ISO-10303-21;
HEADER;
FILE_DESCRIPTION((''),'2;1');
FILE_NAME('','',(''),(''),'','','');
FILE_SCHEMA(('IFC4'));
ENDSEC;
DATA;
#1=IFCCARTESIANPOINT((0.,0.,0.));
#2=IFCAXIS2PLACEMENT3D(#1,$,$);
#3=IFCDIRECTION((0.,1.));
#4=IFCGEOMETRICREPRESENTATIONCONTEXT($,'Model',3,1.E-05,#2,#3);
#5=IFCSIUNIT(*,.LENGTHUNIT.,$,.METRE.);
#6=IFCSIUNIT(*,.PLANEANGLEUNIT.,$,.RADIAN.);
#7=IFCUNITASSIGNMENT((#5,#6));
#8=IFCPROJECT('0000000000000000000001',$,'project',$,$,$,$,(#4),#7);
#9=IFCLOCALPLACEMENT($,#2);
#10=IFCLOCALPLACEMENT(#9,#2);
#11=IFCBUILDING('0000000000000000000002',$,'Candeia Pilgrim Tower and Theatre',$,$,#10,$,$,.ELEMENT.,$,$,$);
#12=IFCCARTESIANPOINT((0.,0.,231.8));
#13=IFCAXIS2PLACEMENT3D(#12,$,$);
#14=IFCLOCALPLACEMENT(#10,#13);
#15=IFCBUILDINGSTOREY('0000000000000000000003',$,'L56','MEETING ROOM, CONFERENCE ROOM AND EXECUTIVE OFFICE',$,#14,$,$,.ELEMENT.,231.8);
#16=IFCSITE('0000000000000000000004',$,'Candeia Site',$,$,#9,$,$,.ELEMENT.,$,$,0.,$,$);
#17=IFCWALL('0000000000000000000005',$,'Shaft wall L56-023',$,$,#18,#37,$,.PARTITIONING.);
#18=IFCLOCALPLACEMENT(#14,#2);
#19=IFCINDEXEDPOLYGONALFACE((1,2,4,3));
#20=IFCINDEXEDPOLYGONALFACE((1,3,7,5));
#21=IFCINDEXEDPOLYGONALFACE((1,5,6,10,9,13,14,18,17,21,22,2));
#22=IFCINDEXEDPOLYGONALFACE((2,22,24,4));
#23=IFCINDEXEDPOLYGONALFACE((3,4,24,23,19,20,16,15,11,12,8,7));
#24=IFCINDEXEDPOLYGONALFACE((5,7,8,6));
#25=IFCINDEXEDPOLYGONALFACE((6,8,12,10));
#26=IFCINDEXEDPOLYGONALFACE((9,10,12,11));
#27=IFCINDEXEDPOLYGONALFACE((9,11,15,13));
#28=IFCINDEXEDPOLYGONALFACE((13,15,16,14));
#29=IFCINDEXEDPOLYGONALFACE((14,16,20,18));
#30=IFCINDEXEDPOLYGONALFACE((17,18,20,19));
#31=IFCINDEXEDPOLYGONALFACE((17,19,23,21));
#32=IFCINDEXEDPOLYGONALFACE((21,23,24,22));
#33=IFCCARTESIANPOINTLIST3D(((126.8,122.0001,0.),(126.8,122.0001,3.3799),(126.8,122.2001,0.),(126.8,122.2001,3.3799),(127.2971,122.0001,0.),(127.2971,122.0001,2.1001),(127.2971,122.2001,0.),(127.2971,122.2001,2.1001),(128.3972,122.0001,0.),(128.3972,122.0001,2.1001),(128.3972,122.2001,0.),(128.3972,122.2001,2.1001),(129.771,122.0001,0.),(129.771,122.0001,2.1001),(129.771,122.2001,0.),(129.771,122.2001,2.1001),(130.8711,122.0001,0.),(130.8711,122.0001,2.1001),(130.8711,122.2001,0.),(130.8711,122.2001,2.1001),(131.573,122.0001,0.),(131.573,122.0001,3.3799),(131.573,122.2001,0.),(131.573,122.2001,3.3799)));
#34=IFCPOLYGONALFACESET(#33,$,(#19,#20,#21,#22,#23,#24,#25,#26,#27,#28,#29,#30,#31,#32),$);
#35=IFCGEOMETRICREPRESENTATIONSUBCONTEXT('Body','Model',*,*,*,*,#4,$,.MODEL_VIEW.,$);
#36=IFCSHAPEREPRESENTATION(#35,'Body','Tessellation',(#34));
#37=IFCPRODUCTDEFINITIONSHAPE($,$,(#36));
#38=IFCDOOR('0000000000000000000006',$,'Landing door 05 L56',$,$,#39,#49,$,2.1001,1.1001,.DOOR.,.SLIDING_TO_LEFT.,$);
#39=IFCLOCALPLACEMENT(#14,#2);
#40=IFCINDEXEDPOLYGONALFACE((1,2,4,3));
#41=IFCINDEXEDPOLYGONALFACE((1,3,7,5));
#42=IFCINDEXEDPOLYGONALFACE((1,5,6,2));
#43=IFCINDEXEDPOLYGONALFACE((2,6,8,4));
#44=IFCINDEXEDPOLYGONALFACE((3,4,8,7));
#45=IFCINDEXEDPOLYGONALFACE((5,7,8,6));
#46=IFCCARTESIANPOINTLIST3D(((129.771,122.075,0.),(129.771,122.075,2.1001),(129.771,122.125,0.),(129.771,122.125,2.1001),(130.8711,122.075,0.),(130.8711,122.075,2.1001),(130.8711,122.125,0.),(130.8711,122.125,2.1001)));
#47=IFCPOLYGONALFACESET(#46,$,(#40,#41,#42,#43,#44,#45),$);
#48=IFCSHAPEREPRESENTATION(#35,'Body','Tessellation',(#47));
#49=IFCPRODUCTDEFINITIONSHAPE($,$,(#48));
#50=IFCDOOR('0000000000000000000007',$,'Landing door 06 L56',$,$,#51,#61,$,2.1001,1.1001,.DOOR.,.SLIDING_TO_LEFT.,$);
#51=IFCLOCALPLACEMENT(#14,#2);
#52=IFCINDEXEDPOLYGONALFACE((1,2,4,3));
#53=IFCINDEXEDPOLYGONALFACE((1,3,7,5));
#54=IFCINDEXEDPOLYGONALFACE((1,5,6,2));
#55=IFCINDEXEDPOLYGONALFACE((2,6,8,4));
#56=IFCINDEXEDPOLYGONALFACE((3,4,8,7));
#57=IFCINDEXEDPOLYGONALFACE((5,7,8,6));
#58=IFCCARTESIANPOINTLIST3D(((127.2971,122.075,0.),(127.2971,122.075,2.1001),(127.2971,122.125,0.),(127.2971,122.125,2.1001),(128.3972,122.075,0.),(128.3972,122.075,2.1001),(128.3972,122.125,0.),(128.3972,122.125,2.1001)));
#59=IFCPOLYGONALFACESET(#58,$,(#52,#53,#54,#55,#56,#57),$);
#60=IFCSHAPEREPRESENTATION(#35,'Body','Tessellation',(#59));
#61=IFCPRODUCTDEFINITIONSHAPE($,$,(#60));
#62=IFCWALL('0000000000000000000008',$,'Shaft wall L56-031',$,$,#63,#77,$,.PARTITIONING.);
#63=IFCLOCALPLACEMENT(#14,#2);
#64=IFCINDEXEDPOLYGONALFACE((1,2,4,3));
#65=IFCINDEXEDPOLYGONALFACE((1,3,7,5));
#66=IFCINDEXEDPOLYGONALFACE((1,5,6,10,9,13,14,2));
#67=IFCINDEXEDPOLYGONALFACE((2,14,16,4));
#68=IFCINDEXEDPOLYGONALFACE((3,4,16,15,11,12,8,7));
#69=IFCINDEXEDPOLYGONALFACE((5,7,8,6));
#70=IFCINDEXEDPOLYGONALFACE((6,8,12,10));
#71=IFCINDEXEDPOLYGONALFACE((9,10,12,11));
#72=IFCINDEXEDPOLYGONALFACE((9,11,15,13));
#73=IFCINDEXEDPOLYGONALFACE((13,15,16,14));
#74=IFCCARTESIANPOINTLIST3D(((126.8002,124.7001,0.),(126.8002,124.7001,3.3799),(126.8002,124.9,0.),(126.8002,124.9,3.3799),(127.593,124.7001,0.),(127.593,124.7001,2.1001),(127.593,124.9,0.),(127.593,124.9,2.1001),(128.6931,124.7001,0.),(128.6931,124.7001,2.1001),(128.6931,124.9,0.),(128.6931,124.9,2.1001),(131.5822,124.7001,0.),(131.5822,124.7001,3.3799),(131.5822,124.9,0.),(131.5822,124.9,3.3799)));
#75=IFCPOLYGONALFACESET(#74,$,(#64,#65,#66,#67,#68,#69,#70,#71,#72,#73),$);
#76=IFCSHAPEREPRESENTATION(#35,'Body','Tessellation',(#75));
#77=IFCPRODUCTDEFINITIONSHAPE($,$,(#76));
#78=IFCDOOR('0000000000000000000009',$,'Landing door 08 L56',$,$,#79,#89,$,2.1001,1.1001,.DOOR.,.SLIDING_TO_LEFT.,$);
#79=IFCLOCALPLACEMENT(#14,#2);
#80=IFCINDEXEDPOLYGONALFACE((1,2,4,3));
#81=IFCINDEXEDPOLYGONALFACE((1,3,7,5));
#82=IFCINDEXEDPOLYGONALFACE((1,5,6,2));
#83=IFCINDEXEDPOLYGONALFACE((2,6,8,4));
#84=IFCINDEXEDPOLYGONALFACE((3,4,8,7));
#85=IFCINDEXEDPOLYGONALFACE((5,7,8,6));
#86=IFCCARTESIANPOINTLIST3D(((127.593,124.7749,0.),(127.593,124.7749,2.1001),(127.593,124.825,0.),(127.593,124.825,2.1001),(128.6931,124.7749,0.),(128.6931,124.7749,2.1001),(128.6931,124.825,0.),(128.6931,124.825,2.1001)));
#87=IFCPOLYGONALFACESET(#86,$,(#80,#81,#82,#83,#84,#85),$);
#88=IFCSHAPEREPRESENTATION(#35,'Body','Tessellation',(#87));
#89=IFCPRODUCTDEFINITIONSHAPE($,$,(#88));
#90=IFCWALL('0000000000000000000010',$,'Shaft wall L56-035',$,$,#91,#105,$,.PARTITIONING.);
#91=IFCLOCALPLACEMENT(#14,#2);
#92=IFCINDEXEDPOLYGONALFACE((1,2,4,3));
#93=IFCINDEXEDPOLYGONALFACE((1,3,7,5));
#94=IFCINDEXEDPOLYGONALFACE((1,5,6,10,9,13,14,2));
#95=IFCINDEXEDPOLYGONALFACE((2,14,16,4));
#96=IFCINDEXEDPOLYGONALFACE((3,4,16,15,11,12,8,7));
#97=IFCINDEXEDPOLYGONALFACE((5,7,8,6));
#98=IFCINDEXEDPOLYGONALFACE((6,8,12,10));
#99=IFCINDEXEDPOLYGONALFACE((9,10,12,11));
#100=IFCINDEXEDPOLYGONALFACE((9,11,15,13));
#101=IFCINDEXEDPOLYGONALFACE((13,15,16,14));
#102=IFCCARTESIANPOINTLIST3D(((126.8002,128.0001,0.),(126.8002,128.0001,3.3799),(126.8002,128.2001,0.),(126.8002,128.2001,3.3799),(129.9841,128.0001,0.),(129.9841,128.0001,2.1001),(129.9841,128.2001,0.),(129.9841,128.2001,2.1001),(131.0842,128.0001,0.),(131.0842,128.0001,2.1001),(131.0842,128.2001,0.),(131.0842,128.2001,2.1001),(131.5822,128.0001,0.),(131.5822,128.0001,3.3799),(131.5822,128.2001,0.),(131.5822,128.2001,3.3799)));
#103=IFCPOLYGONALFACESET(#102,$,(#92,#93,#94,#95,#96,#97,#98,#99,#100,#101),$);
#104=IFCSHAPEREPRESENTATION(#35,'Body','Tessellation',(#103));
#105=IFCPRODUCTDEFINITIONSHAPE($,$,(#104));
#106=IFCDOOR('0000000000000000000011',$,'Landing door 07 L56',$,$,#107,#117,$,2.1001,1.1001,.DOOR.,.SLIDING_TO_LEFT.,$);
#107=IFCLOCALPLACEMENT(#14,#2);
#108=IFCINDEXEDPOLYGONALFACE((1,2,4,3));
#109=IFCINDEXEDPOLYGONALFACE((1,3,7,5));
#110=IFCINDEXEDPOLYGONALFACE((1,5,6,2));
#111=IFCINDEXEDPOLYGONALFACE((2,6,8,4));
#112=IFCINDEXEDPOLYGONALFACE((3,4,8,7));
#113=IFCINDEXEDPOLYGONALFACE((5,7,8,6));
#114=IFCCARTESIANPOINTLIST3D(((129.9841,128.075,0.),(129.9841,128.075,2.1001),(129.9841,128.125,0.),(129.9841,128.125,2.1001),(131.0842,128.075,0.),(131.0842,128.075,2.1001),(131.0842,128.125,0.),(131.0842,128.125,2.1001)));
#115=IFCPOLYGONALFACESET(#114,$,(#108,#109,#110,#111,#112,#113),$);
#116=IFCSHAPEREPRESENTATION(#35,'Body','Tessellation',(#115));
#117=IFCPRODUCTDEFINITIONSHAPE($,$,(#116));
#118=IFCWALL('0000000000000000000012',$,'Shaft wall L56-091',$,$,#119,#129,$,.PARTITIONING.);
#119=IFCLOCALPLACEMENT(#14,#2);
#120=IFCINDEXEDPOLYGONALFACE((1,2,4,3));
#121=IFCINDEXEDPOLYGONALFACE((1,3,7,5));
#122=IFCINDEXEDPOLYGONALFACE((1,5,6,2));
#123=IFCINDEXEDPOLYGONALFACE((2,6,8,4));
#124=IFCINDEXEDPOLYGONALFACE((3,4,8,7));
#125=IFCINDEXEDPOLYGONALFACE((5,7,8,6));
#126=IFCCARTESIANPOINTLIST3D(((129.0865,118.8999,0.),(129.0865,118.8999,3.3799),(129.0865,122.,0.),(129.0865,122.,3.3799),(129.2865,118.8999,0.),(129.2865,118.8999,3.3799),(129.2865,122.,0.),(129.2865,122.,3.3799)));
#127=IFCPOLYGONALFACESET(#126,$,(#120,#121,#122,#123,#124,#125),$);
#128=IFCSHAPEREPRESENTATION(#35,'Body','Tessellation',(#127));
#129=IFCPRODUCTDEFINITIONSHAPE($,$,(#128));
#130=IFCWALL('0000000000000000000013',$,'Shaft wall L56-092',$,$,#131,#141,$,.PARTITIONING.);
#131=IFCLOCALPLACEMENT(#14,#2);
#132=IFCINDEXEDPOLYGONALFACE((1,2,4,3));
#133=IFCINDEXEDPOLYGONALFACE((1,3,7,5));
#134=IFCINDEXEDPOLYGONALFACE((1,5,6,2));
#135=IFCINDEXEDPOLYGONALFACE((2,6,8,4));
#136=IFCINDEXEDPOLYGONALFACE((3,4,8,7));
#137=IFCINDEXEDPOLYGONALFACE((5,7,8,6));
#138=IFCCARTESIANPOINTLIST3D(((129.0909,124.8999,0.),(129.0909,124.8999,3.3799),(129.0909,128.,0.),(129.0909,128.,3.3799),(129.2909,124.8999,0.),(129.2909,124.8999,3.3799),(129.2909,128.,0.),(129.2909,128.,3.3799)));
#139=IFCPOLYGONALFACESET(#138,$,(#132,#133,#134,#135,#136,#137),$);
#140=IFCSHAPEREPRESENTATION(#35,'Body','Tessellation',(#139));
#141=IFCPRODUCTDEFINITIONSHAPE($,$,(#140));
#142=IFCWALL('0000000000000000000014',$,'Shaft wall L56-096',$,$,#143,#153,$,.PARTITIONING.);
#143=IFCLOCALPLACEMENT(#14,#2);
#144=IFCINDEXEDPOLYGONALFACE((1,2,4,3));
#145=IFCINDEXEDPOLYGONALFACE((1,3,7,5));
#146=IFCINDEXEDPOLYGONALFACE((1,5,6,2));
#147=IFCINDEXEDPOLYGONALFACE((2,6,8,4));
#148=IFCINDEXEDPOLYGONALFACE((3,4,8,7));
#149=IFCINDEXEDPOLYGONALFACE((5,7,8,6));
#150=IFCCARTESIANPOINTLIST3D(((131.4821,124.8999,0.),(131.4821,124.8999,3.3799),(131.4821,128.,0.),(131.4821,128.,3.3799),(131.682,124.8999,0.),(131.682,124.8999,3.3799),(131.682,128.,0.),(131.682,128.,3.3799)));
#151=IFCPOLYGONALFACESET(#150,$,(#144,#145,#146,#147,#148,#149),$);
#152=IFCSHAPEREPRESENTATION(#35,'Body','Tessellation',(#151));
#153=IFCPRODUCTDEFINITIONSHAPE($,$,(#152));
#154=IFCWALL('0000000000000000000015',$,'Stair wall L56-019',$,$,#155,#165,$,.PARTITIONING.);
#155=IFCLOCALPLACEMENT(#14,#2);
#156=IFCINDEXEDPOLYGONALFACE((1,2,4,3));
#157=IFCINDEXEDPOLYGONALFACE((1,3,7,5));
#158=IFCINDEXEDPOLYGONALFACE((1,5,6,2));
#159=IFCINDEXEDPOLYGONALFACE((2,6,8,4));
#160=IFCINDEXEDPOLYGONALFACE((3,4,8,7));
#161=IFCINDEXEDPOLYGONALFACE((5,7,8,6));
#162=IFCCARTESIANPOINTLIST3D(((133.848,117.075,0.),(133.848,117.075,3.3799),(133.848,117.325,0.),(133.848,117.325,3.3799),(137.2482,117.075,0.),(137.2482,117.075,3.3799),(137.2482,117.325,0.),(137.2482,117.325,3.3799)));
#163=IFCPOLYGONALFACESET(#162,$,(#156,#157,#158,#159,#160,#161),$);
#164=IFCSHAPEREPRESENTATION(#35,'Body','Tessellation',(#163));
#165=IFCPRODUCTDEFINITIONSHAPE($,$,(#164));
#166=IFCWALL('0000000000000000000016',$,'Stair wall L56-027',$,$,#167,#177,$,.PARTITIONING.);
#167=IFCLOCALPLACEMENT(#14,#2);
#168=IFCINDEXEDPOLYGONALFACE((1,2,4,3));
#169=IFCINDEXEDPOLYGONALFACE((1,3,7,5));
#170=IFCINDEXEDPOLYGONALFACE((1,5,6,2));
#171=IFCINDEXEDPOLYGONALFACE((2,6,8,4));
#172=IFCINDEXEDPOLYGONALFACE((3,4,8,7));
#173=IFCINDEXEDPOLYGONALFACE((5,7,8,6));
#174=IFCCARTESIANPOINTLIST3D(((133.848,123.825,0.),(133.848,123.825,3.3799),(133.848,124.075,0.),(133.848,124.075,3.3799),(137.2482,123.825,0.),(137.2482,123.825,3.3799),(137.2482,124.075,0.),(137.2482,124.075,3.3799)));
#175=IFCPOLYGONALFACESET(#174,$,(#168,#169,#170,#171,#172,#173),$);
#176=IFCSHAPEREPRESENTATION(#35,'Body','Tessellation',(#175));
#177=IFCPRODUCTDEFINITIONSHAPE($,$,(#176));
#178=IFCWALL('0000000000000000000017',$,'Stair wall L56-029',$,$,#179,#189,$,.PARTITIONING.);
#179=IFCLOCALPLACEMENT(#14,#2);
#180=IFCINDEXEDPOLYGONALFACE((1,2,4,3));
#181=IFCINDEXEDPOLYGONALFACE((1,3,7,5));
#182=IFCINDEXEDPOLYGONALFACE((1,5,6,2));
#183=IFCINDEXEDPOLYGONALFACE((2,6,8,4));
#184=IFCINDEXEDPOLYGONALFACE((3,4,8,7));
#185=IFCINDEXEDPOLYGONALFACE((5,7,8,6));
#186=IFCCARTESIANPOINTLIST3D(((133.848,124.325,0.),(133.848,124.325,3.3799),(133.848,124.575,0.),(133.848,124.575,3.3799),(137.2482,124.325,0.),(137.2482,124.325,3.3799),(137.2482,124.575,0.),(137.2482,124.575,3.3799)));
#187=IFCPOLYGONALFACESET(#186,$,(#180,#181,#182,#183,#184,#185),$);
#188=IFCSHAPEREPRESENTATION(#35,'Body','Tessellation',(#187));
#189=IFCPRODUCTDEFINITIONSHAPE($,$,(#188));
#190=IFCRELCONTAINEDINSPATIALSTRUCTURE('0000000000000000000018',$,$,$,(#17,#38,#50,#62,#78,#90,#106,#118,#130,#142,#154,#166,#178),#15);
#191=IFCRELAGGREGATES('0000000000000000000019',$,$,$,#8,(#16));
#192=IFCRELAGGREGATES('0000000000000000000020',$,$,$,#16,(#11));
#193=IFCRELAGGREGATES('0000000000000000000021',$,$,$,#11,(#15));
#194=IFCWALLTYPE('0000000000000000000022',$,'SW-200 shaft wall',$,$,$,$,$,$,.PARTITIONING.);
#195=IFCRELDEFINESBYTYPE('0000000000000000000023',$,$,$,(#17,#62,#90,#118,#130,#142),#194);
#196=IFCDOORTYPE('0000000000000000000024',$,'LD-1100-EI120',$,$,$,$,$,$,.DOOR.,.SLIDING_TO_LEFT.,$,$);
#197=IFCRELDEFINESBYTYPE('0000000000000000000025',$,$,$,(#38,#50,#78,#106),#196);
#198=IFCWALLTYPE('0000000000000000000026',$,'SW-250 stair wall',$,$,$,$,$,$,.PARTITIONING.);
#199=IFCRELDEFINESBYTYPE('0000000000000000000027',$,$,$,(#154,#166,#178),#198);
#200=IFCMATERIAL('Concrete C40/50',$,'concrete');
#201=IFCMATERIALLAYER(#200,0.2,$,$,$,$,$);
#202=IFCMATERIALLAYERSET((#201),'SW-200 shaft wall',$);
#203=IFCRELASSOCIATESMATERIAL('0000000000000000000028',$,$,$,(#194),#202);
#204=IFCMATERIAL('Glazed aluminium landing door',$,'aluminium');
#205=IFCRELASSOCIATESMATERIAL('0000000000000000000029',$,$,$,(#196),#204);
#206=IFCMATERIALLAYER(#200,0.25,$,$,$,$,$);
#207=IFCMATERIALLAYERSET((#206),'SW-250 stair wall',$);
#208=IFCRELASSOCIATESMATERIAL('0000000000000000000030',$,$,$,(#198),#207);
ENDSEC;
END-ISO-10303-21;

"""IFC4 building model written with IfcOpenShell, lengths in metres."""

from ifc_helpers import new_model, si_unit, direction, frame, frame_2d, origin, place, context, subcontext, project, spatial, rectangle, extrude, material, layer, layer_set, type_object, element, fill, save


model = new_model("IFC4")

# Units and contexts
model_context = context("Model", 3, precision=1e-05, world=origin(), true_north=direction((0.0, 1.0)))
body_context = subcontext(model_context, "Body", "Model", "MODEL_VIEW")
ifc_project = project(units=[si_unit("LENGTHUNIT", "METRE"), si_unit("PLANEANGLEUNIT", "RADIAN")], contexts=[model_context])

# Site, building, storey
site_placement = place(None, origin())
site = spatial("IfcSite", under=ifc_project, at=site_placement, Name="Candeia Site", CompositionType="ELEMENT", RefElevation=0.0)
building_placement = place(site_placement, origin())
building = spatial("IfcBuilding", under=site, at=building_placement, Name="Candeia Pilgrim Tower and Theatre", CompositionType="ELEMENT")
storey_placement = place(building_placement, frame((0.0, 0.0, 231.8)))
storey = spatial("IfcBuildingStorey", under=building, at=storey_placement, Name="L56", Description="MEETING ROOM, CONFERENCE ROOM AND EXECUTIVE OFFICE", CompositionType="ELEMENT", Elevation=231.8)

# Shared definitions
ifc_material_1 = material(Name="Concrete C40/50", Category="concrete")
ifc_layer_1 = layer(ifc_material_1, 0.2)
ifc_layer_set_1 = layer_set([ifc_layer_1], Name="SW-200 shaft wall")
wall_type_1 = type_object("IfcWallType", Name="SW-200 shaft wall", PredefinedType="PARTITIONING", material=ifc_layer_set_1)

# Wall, openings, doors
wall_1_placement = place(storey_placement, frame((126.8, 122.1001, 0.0), z_axis=(0.0, 0.0, 1.0), x_axis=(1.0, 0.0, 0.0)))
wall_1 = element("IfcWall", 1, at=wall_1_placement, inside=storey, type_object=wall_type_1, Name="Shaft wall L56-023", PredefinedType="PARTITIONING", context=body_context, shape_type="SweptSolid", body=[
    extrude(rectangle(XDim=4.7729, YDim=0.2, at=frame_2d((2.3865, 0.0))), origin(), (0.0, 0.0, 1.0), 3.3799),
])
opening_1_placement = place(wall_1_placement, frame((2.9709, 0.0, 0.0)))
opening_1 = element("IfcOpeningElement", 2, at=opening_1_placement, cuts=wall_1, PredefinedType="OPENING", context=body_context, shape_type="SweptSolid", body=[
    extrude(rectangle(XDim=1.1001, YDim=2.1001, at=frame_2d((0.55, 1.05))), frame((0.0, 0.1099, 0.0), z_axis=(0.0, -1.0, 0.0), x_axis=(1.0, 0.0, 0.0)), (0.0, 0.0, 1.0), 0.22),
])
opening_2_placement = place(wall_1_placement, frame((0.4971, 0.0, 0.0)))
opening_2 = element("IfcOpeningElement", 3, at=opening_2_placement, cuts=wall_1, PredefinedType="OPENING", context=body_context, shape_type="SweptSolid", body=[
    extrude(rectangle(XDim=1.1001, YDim=2.1001, at=frame_2d((0.55, 1.05))), frame((0.0, 0.1099, 0.0), z_axis=(0.0, -1.0, 0.0), x_axis=(1.0, 0.0, 0.0)), (0.0, 0.0, 1.0), 0.22),
])
ifc_material_2 = material(Name="Glazed aluminium landing door", Category="aluminium")
door_type_1 = type_object("IfcDoorType", Name="LD-1100-EI120", OperationType="SLIDING_TO_LEFT", PredefinedType="DOOR", material=ifc_material_2)
door_1_placement = place(opening_1_placement, origin())
door_1 = element("IfcDoor", 4, at=door_1_placement, inside=storey, type_object=door_type_1, Name="Landing door 05 L56", OperationType="SLIDING_TO_LEFT", OverallHeight=2.1001, OverallWidth=1.1001, PredefinedType="DOOR", context=body_context, shape_type="SweptSolid", body=[
    extrude(rectangle(XDim=1.1001, YDim=2.1001, at=frame_2d((0.55, 1.05))), frame((0.0, 0.0249, 0.0), z_axis=(0.0, -1.0, 0.0), x_axis=(1.0, 0.0, 0.0)), (0.0, 0.0, 1.0), 0.05),
])
fill(opening_1, door_1)
door_2_placement = place(opening_2_placement, origin())
door_2 = element("IfcDoor", 5, at=door_2_placement, inside=storey, type_object=door_type_1, Name="Landing door 06 L56", OperationType="SLIDING_TO_LEFT", OverallHeight=2.1001, OverallWidth=1.1001, PredefinedType="DOOR", context=body_context, shape_type="SweptSolid", body=[
    extrude(rectangle(XDim=1.1001, YDim=2.1001, at=frame_2d((0.55, 1.05))), frame((0.0, 0.0249, 0.0), z_axis=(0.0, -1.0, 0.0), x_axis=(1.0, 0.0, 0.0)), (0.0, 0.0, 1.0), 0.05),
])
fill(opening_2, door_2)

# Walls, openings, doors
wall_2_placement = place(storey_placement, frame((126.8, 124.8, 0.0), z_axis=(0.0, 0.0, 1.0), x_axis=(1.0, 0.0, 0.0)))
wall_2 = element("IfcWall", 6, at=wall_2_placement, inside=storey, type_object=wall_type_1, Name="Shaft wall L56-031", PredefinedType="PARTITIONING", context=body_context, shape_type="SweptSolid", body=[
    extrude(rectangle(XDim=4.782, YDim=0.2, at=frame_2d((2.3911, 0.0))), origin(), (0.0, 0.0, 1.0), 3.3799),
])
opening_3_placement = place(wall_2_placement, frame((0.793, 0.0, 0.0)))
opening_3 = element("IfcOpeningElement", 7, at=opening_3_placement, cuts=wall_2, PredefinedType="OPENING", context=body_context, shape_type="SweptSolid", body=[
    extrude(rectangle(XDim=1.1001, YDim=2.1001, at=frame_2d((0.55, 1.05))), frame((0.0, 0.1099, 0.0), z_axis=(0.0, -1.0, 0.0), x_axis=(1.0, 0.0, 0.0)), (0.0, 0.0, 1.0), 0.22),
])
door_3_placement = place(opening_3_placement, origin())
door_3 = element("IfcDoor", 8, at=door_3_placement, inside=storey, type_object=door_type_1, Name="Landing door 08 L56", OperationType="SLIDING_TO_LEFT", OverallHeight=2.1001, OverallWidth=1.1001, PredefinedType="DOOR", context=body_context, shape_type="SweptSolid", body=[
    extrude(rectangle(XDim=1.1001, YDim=2.1001, at=frame_2d((0.55, 1.05))), frame((0.0, 0.0249, 0.0), z_axis=(0.0, -1.0, 0.0), x_axis=(1.0, 0.0, 0.0)), (0.0, 0.0, 1.0), 0.05),
])
fill(opening_3, door_3)
wall_3_placement = place(storey_placement, frame((126.8, 128.1001, 0.0), z_axis=(0.0, 0.0, 1.0), x_axis=(1.0, 0.0, 0.0)))
wall_3 = element("IfcWall", 9, at=wall_3_placement, inside=storey, type_object=wall_type_1, Name="Shaft wall L56-035", PredefinedType="PARTITIONING", context=body_context, shape_type="SweptSolid", body=[
    extrude(rectangle(XDim=4.782, YDim=0.2, at=frame_2d((2.3911, 0.0))), origin(), (0.0, 0.0, 1.0), 3.3799),
])
opening_4_placement = place(wall_3_placement, frame((3.1841, 0.0, 0.0)))
opening_4 = element("IfcOpeningElement", 10, at=opening_4_placement, cuts=wall_3, PredefinedType="OPENING", context=body_context, shape_type="SweptSolid", body=[
    extrude(rectangle(XDim=1.1001, YDim=2.1001, at=frame_2d((0.55, 1.05))), frame((0.0, 0.1099, 0.0), z_axis=(0.0, -1.0, 0.0), x_axis=(1.0, 0.0, 0.0)), (0.0, 0.0, 1.0), 0.22),
])
door_4_placement = place(opening_4_placement, origin())
door_4 = element("IfcDoor", 11, at=door_4_placement, inside=storey, type_object=door_type_1, Name="Landing door 07 L56", OperationType="SLIDING_TO_LEFT", OverallHeight=2.1001, OverallWidth=1.1001, PredefinedType="DOOR", context=body_context, shape_type="SweptSolid", body=[
    extrude(rectangle(XDim=1.1001, YDim=2.1001, at=frame_2d((0.55, 1.05))), frame((0.0, 0.0249, 0.0), z_axis=(0.0, -1.0, 0.0), x_axis=(1.0, 0.0, 0.0)), (0.0, 0.0, 1.0), 0.05),
])
fill(opening_4, door_4)

# Walls
for number, where, z_axis, x_axis, name in (
    (12, (129.1865, 118.8999, 0.0), (0.0, 0.0, 1.0), (0.0, 1.0, 0.0), "Shaft wall L56-091"),
    (13, (129.1909, 124.8999, 0.0), (0.0, 0.0, 1.0), (0.0, 1.0, 0.0), "Shaft wall L56-092"),
    (14, (131.582, 124.8999, 0.0), (0.0, 0.0, 1.0), (0.0, 1.0, 0.0), "Shaft wall L56-096"),
):
    element("IfcWall", number, at=place(storey_placement, frame(where, z_axis=z_axis, x_axis=x_axis)), inside=storey, type_object=wall_type_1, Name=name, PredefinedType="PARTITIONING", context=body_context, shape_type="SweptSolid", body=[
        extrude(rectangle(XDim=3.1001, YDim=0.2, at=frame_2d((1.55, 0.0))), origin(), (0.0, 0.0, 1.0), 3.3799),
    ])
ifc_layer_2 = layer(ifc_material_1, 0.25)
ifc_layer_set_2 = layer_set([ifc_layer_2], Name="SW-250 stair wall")
wall_type_2 = type_object("IfcWallType", Name="SW-250 stair wall", PredefinedType="PARTITIONING", material=ifc_layer_set_2)
for number, where, z_axis, x_axis, name in (
    (15, (133.8479, 117.2, 0.0), (0.0, 0.0, 1.0), (1.0, 0.0, 0.0), "Stair wall L56-019"),
    (16, (133.8479, 123.95, 0.0), (0.0, 0.0, 1.0), (1.0, 0.0, 0.0), "Stair wall L56-027"),
    (17, (133.8479, 124.45, 0.0), (0.0, 0.0, 1.0), (1.0, 0.0, 0.0), "Stair wall L56-029"),
):
    element("IfcWall", number, at=place(storey_placement, frame(where, z_axis=z_axis, x_axis=x_axis)), inside=storey, type_object=wall_type_2, Name=name, PredefinedType="PARTITIONING", context=body_context, shape_type="SweptSolid", body=[
        extrude(rectangle(XDim=3.4001, YDim=0.25, at=frame_2d((1.7002, 0.0))), origin(), (0.0, 0.0, 1.0), 3.3799),
    ])

save(model, "model.ifc")
